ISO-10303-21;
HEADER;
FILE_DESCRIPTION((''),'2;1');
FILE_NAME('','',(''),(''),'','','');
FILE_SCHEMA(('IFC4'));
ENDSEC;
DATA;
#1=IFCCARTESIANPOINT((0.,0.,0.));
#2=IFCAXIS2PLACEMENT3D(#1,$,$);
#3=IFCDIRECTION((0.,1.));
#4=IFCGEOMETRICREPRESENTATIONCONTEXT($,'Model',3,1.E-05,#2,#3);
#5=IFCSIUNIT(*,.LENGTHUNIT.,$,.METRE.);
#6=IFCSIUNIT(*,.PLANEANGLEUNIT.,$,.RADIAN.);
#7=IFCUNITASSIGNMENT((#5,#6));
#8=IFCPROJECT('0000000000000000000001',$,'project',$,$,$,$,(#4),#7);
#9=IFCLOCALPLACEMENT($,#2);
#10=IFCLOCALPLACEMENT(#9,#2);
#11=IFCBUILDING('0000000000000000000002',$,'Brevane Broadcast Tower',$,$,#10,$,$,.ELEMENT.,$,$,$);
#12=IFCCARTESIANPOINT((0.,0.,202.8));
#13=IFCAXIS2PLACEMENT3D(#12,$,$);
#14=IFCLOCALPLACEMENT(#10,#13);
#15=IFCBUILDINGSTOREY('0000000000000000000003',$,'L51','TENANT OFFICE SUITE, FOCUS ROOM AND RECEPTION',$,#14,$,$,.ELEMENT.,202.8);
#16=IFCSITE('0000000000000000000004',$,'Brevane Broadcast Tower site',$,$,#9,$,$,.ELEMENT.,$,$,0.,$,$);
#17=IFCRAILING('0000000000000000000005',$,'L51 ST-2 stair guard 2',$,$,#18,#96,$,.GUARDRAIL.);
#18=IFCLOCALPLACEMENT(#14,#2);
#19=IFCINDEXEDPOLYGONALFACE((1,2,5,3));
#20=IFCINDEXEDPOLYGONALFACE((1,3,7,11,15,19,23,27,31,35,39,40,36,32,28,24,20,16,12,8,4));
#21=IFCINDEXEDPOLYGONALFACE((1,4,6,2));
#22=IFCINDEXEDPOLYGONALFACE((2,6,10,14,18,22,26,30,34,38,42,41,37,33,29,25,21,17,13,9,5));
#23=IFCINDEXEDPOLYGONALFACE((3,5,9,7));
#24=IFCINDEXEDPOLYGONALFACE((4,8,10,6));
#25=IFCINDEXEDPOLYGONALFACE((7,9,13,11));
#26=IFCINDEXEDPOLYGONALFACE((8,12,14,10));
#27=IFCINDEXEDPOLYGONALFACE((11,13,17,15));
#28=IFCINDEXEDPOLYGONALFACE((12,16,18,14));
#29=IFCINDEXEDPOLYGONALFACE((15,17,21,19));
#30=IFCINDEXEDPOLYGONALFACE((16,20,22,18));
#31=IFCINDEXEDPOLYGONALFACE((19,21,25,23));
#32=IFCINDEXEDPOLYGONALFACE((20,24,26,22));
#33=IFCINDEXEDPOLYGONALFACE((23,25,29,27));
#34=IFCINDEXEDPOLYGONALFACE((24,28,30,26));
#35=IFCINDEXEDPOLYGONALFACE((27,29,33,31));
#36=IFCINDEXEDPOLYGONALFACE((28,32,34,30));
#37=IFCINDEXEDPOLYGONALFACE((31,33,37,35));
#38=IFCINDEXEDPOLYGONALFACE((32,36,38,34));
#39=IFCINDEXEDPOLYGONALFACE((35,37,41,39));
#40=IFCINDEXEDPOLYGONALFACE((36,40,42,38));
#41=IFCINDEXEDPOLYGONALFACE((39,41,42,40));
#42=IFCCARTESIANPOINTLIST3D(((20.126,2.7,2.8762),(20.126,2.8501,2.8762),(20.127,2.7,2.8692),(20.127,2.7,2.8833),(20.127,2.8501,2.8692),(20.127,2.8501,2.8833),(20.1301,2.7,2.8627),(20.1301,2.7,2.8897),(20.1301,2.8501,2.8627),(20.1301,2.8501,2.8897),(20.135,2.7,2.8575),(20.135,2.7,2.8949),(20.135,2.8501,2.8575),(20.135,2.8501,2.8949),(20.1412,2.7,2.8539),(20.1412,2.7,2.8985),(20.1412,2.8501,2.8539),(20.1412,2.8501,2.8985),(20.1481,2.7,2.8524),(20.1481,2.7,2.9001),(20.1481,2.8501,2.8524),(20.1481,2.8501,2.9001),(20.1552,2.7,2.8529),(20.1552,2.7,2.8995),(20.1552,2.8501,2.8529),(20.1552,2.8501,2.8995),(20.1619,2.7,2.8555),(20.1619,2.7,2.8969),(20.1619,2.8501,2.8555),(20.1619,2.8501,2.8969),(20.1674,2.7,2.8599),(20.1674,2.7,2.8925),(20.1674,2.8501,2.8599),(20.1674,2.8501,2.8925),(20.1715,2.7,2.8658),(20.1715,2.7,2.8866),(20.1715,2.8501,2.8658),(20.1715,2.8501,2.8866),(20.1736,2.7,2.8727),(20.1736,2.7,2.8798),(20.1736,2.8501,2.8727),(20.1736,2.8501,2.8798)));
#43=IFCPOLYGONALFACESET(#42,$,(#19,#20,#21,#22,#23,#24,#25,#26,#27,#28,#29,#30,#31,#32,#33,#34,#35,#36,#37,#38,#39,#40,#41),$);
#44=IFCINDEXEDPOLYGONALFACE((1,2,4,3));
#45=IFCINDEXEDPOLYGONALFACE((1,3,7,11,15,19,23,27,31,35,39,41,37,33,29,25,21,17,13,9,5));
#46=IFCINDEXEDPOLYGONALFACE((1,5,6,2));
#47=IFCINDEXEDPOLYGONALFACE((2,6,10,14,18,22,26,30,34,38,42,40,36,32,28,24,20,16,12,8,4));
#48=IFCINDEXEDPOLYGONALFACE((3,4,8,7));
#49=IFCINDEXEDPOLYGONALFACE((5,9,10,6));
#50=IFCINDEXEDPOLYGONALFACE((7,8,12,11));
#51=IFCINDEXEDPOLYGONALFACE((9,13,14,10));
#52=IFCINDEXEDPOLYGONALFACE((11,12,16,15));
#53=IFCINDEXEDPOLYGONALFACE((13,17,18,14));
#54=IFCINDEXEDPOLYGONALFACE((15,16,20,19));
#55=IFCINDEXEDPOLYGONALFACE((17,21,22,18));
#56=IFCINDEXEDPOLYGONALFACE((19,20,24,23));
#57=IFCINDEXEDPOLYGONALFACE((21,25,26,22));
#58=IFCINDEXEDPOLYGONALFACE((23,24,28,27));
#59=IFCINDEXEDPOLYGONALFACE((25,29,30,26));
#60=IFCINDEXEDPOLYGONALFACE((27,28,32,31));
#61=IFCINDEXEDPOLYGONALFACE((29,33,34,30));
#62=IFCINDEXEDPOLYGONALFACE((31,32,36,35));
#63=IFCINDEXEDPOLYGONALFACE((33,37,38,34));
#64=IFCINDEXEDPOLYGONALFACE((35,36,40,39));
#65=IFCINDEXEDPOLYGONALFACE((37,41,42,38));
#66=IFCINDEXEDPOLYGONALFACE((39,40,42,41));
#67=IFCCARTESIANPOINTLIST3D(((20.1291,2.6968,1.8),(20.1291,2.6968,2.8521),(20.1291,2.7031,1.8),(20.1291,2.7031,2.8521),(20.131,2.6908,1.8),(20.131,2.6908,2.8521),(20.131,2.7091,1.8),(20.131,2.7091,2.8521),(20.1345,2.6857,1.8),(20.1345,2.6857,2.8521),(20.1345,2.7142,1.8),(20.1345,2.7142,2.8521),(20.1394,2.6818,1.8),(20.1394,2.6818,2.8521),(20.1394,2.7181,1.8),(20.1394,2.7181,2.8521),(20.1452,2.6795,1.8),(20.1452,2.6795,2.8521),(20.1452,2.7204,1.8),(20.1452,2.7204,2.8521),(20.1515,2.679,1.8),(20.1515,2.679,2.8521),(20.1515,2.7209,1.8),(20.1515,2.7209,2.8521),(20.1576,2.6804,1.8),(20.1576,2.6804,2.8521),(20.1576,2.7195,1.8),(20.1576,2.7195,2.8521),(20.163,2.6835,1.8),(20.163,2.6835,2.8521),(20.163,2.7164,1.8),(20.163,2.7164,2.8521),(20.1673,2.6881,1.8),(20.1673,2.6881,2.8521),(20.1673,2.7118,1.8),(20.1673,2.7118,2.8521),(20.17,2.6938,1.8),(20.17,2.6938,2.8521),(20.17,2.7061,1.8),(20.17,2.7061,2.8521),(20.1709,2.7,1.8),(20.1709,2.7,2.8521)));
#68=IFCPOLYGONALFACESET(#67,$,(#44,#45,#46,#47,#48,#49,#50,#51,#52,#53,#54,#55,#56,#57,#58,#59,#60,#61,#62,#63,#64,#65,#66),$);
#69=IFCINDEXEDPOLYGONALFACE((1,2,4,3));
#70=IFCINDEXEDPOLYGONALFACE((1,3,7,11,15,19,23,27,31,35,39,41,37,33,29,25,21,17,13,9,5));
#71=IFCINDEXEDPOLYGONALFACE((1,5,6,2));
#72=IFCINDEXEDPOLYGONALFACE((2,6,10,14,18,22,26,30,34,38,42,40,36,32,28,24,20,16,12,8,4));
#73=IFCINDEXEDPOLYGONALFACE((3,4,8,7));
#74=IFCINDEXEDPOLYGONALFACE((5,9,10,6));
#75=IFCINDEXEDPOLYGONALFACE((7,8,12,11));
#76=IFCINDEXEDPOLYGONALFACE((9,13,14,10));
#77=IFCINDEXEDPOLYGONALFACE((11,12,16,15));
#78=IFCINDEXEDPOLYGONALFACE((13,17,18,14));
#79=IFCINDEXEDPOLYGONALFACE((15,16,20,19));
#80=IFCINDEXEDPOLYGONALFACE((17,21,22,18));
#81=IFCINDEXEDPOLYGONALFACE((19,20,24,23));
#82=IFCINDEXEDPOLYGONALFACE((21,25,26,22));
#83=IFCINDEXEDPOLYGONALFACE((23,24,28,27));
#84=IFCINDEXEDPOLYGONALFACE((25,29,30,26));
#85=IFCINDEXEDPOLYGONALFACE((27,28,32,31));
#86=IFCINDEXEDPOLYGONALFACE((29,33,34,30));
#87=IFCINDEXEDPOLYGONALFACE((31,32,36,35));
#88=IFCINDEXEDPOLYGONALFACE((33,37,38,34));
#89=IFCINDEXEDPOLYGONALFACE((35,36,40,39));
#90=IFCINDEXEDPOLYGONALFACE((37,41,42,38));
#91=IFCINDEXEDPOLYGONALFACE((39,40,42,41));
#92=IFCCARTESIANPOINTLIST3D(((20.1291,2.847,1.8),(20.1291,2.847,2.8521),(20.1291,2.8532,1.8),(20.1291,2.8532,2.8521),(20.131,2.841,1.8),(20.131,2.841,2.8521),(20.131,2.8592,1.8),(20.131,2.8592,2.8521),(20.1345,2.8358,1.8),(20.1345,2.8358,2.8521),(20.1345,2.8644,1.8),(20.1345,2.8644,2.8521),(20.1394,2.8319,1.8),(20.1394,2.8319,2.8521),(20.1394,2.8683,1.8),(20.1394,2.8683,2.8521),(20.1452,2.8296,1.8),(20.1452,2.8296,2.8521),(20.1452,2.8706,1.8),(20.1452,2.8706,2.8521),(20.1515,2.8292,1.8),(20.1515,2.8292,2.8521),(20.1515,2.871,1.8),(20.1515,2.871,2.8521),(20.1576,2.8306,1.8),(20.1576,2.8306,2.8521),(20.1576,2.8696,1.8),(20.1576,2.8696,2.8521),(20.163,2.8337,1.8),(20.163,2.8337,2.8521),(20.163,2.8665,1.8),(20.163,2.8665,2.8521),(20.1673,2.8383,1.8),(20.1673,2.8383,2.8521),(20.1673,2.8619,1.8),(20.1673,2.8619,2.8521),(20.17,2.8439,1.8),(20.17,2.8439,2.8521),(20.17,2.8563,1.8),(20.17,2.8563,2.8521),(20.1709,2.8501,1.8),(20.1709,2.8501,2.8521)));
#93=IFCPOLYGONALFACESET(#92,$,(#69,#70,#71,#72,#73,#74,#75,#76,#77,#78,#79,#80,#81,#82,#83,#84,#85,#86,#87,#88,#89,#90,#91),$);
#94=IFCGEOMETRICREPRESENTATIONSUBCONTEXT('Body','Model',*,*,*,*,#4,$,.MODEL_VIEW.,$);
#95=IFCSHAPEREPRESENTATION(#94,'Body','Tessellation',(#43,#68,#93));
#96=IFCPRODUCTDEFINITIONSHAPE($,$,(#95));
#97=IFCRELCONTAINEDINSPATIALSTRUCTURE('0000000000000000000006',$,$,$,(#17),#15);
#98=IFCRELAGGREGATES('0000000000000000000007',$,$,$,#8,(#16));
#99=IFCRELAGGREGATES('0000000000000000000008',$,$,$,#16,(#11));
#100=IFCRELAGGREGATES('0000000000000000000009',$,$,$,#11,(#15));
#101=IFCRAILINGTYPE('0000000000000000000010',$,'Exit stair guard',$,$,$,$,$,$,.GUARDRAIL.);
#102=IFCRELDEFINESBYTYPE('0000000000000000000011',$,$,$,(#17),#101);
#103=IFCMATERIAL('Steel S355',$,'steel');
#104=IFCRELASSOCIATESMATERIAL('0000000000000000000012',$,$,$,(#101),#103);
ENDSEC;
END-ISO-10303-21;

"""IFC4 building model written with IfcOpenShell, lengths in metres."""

from ifc_helpers import new_model, si_unit, direction, frame, origin, origin_2d, place, context, subcontext, project, spatial, circle, extrude, material, type_object, element, save


model = new_model("IFC4")

# Units and contexts
model_context = context("Model", 3, precision=1e-05, world=origin(), true_north=direction((0.0, 1.0)))
body_context = subcontext(model_context, "Body", "Model", "MODEL_VIEW")
ifc_project = project(units=[si_unit("LENGTHUNIT", "METRE"), si_unit("PLANEANGLEUNIT", "RADIAN")], contexts=[model_context])

# Site, building, storey
site_placement = place(None, origin())
site = spatial("IfcSite", under=ifc_project, at=site_placement, Name="Brevane Broadcast Tower site", CompositionType="ELEMENT", RefElevation=0.0)
building_placement = place(site_placement, origin())
building = spatial("IfcBuilding", under=site, at=building_placement, Name="Brevane Broadcast Tower", CompositionType="ELEMENT")
storey_placement = place(building_placement, frame((0.0, 0.0, 202.8)))
storey = spatial("IfcBuildingStorey", under=building, at=storey_placement, Name="L51", Description="TENANT OFFICE SUITE, FOCUS ROOM AND RECEPTION", CompositionType="ELEMENT", Elevation=202.8)

# Railing
ifc_material_1 = material(Name="Steel S355", Category="steel")
railing_type_1 = type_object("IfcRailingType", Name="Exit stair guard", PredefinedType="GUARDRAIL", material=ifc_material_1)
railing_1_placement = place(storey_placement, frame((20.1499, 2.7, 1.8)))
element("IfcRailing", 1, at=railing_1_placement, inside=storey, type_object=railing_type_1, Name="L51 ST-2 stair guard 2", PredefinedType="GUARDRAIL", context=body_context, shape_type="SweptSolid", body=[
    extrude(circle(Radius=0.0239, at=origin_2d()), frame((0.0, 0.0, 1.0762), z_axis=(0.0, 1.0, 0.0), x_axis=(-1.0, 0.0, 0.0)), (0.0, 0.0, 1.0), 0.1501),
    extrude(circle(Radius=0.021, at=origin_2d()), origin(), (0.0, 0.0, 1.0), 1.052),
    extrude(circle(Radius=0.021, at=origin_2d()), frame((0.0, 0.1501, 0.0)), (0.0, 0.0, 1.0), 1.052),
])

save(model, "model.ifc")
